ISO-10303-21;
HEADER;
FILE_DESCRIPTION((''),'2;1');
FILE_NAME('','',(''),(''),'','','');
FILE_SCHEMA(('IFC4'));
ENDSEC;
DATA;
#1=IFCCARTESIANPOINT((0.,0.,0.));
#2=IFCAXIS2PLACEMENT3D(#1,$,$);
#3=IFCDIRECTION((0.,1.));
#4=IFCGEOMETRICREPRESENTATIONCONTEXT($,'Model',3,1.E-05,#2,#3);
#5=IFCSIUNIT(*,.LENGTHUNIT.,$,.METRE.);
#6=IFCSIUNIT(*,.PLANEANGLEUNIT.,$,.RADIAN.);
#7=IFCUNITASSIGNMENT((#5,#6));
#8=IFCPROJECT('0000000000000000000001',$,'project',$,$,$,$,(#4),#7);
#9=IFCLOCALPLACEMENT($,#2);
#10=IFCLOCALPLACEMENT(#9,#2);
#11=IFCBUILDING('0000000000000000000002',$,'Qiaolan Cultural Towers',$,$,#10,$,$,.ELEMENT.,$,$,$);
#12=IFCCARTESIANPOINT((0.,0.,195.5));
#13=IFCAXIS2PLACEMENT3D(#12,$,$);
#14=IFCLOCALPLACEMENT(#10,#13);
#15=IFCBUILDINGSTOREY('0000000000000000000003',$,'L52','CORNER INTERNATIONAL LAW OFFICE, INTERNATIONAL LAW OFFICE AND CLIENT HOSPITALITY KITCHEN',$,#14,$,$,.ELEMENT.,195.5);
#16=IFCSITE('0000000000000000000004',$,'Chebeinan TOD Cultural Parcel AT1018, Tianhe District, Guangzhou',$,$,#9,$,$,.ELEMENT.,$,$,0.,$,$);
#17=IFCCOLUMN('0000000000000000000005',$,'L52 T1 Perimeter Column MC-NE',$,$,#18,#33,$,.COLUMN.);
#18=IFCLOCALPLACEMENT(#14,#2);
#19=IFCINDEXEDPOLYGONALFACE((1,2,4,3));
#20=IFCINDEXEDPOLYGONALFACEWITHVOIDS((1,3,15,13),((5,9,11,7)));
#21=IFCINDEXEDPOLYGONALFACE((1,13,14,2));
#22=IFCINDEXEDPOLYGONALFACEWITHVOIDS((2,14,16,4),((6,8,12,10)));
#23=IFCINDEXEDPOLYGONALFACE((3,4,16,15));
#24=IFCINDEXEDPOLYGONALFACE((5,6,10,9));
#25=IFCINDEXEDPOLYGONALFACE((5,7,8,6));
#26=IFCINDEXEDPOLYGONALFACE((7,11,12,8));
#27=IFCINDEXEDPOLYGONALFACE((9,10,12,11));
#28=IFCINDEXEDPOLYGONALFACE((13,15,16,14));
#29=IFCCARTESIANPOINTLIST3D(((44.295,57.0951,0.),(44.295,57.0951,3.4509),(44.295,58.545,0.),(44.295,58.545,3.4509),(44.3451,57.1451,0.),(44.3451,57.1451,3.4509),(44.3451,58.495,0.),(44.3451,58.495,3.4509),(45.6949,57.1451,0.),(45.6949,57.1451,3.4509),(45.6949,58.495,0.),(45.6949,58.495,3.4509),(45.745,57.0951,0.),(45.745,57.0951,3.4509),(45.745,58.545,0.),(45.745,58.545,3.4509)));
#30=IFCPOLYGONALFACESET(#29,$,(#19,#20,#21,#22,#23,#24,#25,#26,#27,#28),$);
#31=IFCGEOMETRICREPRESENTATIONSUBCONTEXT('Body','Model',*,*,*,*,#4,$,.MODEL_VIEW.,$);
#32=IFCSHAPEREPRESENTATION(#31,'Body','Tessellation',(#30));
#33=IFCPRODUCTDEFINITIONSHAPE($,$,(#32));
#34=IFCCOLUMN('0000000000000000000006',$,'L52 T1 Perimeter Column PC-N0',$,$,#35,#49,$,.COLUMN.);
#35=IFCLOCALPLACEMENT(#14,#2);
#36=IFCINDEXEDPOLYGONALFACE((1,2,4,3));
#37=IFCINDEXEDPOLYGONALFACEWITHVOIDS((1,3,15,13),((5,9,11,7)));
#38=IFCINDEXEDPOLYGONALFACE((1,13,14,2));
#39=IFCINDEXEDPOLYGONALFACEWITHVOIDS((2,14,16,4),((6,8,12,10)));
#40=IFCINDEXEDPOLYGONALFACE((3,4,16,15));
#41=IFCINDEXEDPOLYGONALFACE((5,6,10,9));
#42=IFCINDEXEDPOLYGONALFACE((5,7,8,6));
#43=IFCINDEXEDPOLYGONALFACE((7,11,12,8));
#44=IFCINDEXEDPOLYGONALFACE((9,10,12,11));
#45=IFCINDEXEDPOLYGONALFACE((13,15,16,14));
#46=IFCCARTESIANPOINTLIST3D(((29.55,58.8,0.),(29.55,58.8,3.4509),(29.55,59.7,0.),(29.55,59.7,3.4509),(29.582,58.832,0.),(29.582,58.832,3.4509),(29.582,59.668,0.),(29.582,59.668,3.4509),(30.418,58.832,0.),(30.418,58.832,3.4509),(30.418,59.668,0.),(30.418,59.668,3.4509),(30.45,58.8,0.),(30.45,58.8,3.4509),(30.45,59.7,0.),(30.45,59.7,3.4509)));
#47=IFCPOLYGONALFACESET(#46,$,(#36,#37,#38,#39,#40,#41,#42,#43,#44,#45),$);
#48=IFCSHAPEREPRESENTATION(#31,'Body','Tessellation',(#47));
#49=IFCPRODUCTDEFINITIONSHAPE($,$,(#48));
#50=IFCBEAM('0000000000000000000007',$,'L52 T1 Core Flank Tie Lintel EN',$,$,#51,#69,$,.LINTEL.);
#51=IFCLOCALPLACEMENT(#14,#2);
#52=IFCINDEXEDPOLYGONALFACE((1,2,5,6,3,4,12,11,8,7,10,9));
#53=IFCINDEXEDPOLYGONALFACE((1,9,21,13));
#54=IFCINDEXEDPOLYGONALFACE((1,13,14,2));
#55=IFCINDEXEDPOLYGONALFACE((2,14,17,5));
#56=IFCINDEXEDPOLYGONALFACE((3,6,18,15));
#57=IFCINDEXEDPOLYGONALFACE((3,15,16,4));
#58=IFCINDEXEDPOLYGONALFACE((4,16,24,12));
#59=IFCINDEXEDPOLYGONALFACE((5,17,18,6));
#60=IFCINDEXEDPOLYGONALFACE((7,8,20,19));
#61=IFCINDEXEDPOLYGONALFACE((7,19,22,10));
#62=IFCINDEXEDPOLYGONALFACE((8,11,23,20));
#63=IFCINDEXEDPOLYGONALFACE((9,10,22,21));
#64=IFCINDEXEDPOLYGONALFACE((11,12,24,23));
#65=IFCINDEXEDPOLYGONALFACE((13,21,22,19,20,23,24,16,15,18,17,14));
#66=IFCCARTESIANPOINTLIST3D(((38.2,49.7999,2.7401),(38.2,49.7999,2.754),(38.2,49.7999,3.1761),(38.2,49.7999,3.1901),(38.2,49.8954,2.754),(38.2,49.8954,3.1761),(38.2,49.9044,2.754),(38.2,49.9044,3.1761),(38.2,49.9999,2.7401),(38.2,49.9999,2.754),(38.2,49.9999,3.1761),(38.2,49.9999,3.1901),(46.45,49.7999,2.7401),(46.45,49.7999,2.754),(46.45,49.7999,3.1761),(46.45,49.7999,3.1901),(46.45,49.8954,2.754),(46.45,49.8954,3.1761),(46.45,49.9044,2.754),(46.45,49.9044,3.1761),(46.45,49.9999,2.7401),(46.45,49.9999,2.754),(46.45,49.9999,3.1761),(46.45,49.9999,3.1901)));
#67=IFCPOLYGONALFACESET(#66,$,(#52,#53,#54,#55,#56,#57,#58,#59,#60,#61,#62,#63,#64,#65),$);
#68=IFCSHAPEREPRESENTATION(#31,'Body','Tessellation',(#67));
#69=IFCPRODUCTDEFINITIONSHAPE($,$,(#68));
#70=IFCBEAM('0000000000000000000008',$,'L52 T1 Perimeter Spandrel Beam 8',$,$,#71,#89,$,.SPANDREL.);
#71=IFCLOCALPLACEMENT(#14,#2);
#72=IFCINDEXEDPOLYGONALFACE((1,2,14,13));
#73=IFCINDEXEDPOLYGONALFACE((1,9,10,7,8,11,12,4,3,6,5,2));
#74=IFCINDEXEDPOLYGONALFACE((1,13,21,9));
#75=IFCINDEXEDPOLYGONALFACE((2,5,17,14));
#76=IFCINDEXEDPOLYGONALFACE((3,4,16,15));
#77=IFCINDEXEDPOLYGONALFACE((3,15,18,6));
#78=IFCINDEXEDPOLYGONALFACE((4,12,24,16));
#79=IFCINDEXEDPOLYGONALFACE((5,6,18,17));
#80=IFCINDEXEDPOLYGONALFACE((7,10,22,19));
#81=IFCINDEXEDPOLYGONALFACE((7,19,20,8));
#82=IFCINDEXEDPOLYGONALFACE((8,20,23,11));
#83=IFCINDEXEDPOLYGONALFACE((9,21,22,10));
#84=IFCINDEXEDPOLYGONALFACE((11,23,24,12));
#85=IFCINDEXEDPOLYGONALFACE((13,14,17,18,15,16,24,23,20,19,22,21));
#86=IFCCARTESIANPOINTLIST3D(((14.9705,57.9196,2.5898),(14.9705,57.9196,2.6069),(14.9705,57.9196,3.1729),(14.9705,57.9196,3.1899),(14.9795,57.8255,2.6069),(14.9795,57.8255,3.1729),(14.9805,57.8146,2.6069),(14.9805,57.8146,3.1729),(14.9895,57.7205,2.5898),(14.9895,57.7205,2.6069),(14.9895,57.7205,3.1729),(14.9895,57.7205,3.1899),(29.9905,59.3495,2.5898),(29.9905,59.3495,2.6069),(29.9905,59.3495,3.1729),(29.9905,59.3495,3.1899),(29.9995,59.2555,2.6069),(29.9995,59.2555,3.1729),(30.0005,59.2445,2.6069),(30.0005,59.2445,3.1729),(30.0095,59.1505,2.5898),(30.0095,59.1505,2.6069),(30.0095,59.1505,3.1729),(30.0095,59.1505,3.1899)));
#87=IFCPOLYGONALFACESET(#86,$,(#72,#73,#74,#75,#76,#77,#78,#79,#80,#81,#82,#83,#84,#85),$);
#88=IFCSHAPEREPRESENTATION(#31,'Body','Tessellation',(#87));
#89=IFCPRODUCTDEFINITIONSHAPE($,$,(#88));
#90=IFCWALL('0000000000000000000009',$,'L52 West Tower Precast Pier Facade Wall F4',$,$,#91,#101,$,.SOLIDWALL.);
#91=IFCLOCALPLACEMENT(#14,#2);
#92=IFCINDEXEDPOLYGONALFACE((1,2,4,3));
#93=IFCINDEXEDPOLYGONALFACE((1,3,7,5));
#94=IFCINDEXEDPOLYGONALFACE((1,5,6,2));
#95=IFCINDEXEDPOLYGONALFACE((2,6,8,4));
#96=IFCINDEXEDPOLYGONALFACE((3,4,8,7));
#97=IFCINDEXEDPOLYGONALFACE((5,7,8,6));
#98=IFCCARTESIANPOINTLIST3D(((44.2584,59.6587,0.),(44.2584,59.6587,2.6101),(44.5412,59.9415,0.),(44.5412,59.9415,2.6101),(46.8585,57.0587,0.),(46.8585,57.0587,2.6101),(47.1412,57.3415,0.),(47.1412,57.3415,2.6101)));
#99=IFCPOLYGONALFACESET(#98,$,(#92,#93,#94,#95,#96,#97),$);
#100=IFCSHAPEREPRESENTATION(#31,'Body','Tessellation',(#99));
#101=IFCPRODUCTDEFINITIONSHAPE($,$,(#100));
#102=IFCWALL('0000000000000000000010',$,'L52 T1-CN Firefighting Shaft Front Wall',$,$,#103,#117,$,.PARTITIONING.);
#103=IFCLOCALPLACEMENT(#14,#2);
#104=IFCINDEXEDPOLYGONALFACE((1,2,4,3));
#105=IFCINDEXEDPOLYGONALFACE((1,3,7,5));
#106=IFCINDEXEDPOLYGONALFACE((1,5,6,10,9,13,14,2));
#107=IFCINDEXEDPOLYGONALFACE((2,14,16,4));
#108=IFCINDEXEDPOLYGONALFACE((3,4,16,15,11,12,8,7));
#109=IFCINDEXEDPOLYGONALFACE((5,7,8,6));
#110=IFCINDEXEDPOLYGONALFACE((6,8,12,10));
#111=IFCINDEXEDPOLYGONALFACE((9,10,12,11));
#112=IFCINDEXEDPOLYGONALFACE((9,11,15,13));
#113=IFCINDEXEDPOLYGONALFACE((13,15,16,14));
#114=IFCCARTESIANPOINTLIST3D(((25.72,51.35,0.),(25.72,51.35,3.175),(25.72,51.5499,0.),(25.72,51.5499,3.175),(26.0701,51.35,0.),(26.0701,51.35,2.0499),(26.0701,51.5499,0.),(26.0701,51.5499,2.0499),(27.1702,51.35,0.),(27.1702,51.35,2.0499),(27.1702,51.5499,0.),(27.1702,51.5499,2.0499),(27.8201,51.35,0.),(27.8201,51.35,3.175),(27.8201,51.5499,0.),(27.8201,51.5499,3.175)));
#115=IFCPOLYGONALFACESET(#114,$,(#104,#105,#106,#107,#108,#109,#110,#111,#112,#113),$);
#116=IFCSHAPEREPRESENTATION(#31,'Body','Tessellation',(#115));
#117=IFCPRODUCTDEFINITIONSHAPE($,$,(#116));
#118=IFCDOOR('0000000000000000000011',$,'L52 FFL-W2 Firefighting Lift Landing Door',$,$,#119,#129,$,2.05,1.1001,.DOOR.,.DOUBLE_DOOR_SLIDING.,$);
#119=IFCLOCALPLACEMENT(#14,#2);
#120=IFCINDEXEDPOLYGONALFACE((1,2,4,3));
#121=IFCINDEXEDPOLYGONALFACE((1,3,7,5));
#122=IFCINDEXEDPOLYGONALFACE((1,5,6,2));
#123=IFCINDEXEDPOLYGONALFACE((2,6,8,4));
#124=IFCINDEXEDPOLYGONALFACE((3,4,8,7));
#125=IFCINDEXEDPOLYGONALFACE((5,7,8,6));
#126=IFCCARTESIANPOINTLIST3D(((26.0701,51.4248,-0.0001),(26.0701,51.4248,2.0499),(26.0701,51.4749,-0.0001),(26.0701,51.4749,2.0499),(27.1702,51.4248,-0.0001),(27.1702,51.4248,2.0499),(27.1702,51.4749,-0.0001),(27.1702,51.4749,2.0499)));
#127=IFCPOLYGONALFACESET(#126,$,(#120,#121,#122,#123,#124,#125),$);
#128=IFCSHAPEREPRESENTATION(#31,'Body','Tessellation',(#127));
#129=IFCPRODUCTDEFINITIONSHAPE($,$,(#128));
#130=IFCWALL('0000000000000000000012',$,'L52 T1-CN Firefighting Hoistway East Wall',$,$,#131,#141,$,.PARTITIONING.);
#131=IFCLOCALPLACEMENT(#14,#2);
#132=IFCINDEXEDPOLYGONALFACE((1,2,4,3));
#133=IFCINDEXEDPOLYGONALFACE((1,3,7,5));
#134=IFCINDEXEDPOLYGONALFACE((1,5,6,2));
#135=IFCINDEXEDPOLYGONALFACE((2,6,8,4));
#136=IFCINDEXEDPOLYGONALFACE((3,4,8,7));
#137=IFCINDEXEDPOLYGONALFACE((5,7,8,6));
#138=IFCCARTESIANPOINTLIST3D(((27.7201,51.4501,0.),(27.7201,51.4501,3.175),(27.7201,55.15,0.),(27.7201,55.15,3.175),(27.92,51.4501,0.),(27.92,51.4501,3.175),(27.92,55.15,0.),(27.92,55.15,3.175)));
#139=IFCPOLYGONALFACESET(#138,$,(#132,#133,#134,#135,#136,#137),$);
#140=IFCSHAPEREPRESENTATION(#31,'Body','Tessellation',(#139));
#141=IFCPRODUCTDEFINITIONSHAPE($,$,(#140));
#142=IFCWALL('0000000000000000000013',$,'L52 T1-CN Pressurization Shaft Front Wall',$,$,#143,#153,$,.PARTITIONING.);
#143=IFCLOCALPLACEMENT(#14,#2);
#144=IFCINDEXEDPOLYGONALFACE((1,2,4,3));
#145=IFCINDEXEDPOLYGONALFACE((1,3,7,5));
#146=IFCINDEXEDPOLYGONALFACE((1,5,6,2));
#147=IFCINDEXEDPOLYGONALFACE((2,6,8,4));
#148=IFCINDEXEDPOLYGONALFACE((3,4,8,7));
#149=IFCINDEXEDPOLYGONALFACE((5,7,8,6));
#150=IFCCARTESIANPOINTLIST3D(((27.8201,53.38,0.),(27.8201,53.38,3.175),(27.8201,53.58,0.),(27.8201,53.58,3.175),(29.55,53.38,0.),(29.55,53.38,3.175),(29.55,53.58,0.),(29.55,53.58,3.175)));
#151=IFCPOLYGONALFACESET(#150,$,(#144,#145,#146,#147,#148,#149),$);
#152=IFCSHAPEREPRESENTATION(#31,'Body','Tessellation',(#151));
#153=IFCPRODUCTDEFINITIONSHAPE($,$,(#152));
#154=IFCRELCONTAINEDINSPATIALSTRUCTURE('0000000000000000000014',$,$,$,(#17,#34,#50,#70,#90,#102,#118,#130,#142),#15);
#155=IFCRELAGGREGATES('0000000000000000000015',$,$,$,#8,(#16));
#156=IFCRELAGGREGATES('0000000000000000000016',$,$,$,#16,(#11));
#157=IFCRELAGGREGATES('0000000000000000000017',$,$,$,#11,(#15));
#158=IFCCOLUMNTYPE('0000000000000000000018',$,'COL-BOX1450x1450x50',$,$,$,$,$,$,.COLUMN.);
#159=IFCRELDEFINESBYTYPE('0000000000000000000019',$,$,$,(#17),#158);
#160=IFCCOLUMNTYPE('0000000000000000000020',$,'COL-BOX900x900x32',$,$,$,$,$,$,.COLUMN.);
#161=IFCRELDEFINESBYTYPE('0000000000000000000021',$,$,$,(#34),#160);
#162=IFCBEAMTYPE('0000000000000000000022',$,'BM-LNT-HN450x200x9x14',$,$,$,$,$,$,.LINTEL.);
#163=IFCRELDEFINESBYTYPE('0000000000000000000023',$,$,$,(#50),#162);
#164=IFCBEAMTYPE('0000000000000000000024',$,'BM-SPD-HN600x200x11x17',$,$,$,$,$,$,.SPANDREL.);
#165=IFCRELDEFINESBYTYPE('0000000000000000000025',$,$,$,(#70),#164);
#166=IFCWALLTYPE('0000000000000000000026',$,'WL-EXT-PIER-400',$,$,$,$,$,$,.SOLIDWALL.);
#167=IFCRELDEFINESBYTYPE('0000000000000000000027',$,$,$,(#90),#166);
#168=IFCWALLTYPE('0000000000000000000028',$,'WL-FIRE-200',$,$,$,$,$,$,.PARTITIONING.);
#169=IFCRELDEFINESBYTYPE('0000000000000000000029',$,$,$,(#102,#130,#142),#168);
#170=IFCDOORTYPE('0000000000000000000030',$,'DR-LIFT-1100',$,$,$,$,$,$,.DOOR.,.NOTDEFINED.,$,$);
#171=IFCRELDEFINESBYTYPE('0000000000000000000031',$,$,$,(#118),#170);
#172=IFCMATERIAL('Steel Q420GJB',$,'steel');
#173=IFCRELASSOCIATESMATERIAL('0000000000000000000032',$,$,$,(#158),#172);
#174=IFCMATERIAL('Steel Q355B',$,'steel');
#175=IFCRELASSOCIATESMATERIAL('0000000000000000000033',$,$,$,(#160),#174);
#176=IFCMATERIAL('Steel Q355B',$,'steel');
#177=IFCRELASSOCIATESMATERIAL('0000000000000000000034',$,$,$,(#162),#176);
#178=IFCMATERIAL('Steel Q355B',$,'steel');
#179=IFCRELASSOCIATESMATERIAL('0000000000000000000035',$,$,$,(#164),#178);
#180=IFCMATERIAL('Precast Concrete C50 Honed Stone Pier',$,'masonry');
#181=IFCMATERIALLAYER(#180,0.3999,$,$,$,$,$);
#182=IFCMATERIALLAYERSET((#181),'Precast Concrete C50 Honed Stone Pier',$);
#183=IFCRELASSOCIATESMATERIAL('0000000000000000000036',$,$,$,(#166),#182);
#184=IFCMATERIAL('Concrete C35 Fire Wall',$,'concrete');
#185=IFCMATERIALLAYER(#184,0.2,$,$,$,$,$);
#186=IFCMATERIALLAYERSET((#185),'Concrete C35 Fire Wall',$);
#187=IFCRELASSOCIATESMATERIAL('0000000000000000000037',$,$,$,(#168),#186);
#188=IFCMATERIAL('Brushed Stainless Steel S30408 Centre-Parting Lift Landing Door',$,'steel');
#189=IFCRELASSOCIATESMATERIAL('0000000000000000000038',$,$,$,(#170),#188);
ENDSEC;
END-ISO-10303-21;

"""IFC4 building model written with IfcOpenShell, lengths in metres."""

from ifc_helpers import new_model, si_unit, direction, frame, frame_2d, origin, origin_2d, place, context, subcontext, project, spatial, rectangle, hollow_rectangle, i_section, extrude, material, layer, layer_set, material_profile, profile_set, type_object, element, fill, save


model = new_model("IFC4")

# Units and contexts
model_context = context("Model", 3, precision=1e-05, world=origin(), true_north=direction((0.0, 1.0)))
body_context = subcontext(model_context, "Body", "Model", "MODEL_VIEW")
ifc_project = project(units=[si_unit("LENGTHUNIT", "METRE"), si_unit("PLANEANGLEUNIT", "RADIAN")], contexts=[model_context])

# Site, building, storey
site_placement = place(None, origin())
site = spatial("IfcSite", under=ifc_project, at=site_placement, Name="Chebeinan TOD Cultural Parcel AT1018, Tianhe District, Guangzhou", CompositionType="ELEMENT", RefElevation=0.0)
building_placement = place(site_placement, origin())
building = spatial("IfcBuilding", under=site, at=building_placement, Name="Qiaolan Cultural Towers", CompositionType="ELEMENT")
storey_placement = place(building_placement, frame((0.0, 0.0, 195.5)))
storey = spatial("IfcBuildingStorey", under=building, at=storey_placement, Name="L52", Description="CORNER INTERNATIONAL LAW OFFICE, INTERNATIONAL LAW OFFICE AND CLIENT HOSPITALITY KITCHEN", CompositionType="ELEMENT", Elevation=195.5)

# Columns
ifc_material_1 = material(Name="Steel Q420GJB", Category="steel")
ifc_material_profile_1 = material_profile(ifc_material_1, hollow_rectangle(XDim=1.45, YDim=1.45, WallThickness=0.05, at=origin_2d()), Name="BOX1450x1450x50")
ifc_profile_set_1 = profile_set([ifc_material_profile_1], Name="Steel Q420GJB")
column_type_1 = type_object("IfcColumnType", Name="COL-BOX1450x1450x50", PredefinedType="COLUMN", material=ifc_profile_set_1)
column_1_placement = place(storey_placement, frame((45.02, 57.8201, 0.0), z_axis=(0.0, 0.0, 1.0), x_axis=(1.0, 0.0, 0.0)))
element("IfcColumn", 1, at=column_1_placement, inside=storey, type_object=column_type_1, Name="L52 T1 Perimeter Column MC-NE", PredefinedType="COLUMN", context=body_context, shape_type="SweptSolid", body=[
    extrude(hollow_rectangle(XDim=1.45, YDim=1.45, WallThickness=0.05, at=origin_2d()), origin(), (0.0, 0.0, 1.0), 3.4509),
])
ifc_material_2 = material(Name="Steel Q355B", Category="steel")
ifc_material_profile_2 = material_profile(ifc_material_2, hollow_rectangle(XDim=0.8999, YDim=0.8999, WallThickness=0.032, at=origin_2d()), Name="BOX900x900x32")
ifc_profile_set_2 = profile_set([ifc_material_profile_2], Name="Steel Q355B")
column_type_2 = type_object("IfcColumnType", Name="COL-BOX900x900x32", PredefinedType="COLUMN", material=ifc_profile_set_2)
column_2_placement = place(storey_placement, frame((30.0, 59.25, 0.0), z_axis=(0.0, 0.0, 1.0), x_axis=(1.0, 0.0, 0.0)))
element("IfcColumn", 2, at=column_2_placement, inside=storey, type_object=column_type_2, Name="L52 T1 Perimeter Column PC-N0", PredefinedType="COLUMN", context=body_context, shape_type="SweptSolid", body=[
    extrude(hollow_rectangle(XDim=0.8999, YDim=0.8999, WallThickness=0.032, at=origin_2d()), origin(), (0.0, 0.0, 1.0), 3.4509),
])

# Beams
ifc_material_3 = material(Name="Steel Q355B", Category="steel")
ifc_material_profile_3 = material_profile(ifc_material_3, i_section(OverallWidth=0.2, OverallDepth=0.45, WebThickness=0.009, FlangeThickness=0.0139, at=origin_2d()), Name="HN450x200x9x14")
ifc_profile_set_3 = profile_set([ifc_material_profile_3], Name="Steel Q355B")
beam_type_1 = type_object("IfcBeamType", Name="BM-LNT-HN450x200x9x14", PredefinedType="LINTEL", material=ifc_profile_set_3)
beam_1_placement = place(storey_placement, frame((38.2, 49.8999, 2.9651), z_axis=(1.0, 0.0, 0.0), x_axis=(0.0, 1.0, 0.0)))
element("IfcBeam", 3, at=beam_1_placement, inside=storey, type_object=beam_type_1, Name="L52 T1 Core Flank Tie Lintel EN", PredefinedType="LINTEL", context=body_context, shape_type="SweptSolid", body=[
    extrude(i_section(OverallWidth=0.2, OverallDepth=0.45, WebThickness=0.009, FlangeThickness=0.0139, at=origin_2d()), origin(), (0.0, 0.0, 1.0), 8.25),
])
ifc_material_4 = material(Name="Steel Q355B", Category="steel")
ifc_material_profile_4 = material_profile(ifc_material_4, i_section(OverallWidth=0.2, OverallDepth=0.6001, WebThickness=0.011, FlangeThickness=0.0171, at=origin_2d()), Name="HN600x200x11x17")
ifc_profile_set_4 = profile_set([ifc_material_profile_4], Name="Steel Q355B")
beam_type_2 = type_object("IfcBeamType", Name="BM-SPD-HN600x200x11x17", PredefinedType="SPANDREL", material=ifc_profile_set_4)
beam_2_placement = place(storey_placement, frame((30.0, 59.25, 2.8899), z_axis=(-0.995499, -0.094773, 0.0), x_axis=(0.094773, -0.995499, 0.0)))
element("IfcBeam", 4, at=beam_2_placement, inside=storey, type_object=beam_type_2, Name="L52 T1 Perimeter Spandrel Beam 8", PredefinedType="SPANDREL", context=body_context, shape_type="SweptSolid", body=[
    extrude(i_section(OverallWidth=0.2, OverallDepth=0.6001, WebThickness=0.011, FlangeThickness=0.0171, at=origin_2d()), origin(), (0.0, 0.0, 1.0), 15.0879),
])

# Wall
ifc_material_5 = material(Name="Precast Concrete C50 Honed Stone Pier", Category="masonry")
ifc_layer_1 = layer(ifc_material_5, 0.3999)
ifc_layer_set_1 = layer_set([ifc_layer_1], Name="Precast Concrete C50 Honed Stone Pier")
wall_type_1 = type_object("IfcWallType", Name="WL-EXT-PIER-400", PredefinedType="SOLIDWALL", material=ifc_layer_set_1)
wall_1_placement = place(storey_placement, frame((44.3999, 59.8, 0.0), z_axis=(0.0, 0.0, 1.0), x_axis=(0.707107, -0.707107, 0.0)))
element("IfcWall", 5, at=wall_1_placement, inside=storey, type_object=wall_type_1, Name="L52 West Tower Precast Pier Facade Wall F4", PredefinedType="SOLIDWALL", context=body_context, shape_type="SweptSolid", body=[
    extrude(rectangle(XDim=3.677, YDim=0.3999, at=frame_2d((1.8384, 0.0))), origin(), (0.0, 0.0, 1.0), 2.6101),
])

# Wall, opening, door
ifc_material_6 = material(Name="Concrete C35 Fire Wall", Category="concrete")
ifc_layer_2 = layer(ifc_material_6, 0.2)
ifc_layer_set_2 = layer_set([ifc_layer_2], Name="Concrete C35 Fire Wall")
wall_type_2 = type_object("IfcWallType", Name="WL-FIRE-200", PredefinedType="PARTITIONING", material=ifc_layer_set_2)
wall_2_placement = place(storey_placement, frame((25.72, 51.45, 0.0), z_axis=(0.0, 0.0, 1.0), x_axis=(1.0, 0.0, 0.0)))
wall_2 = element("IfcWall", 6, at=wall_2_placement, inside=storey, type_object=wall_type_2, Name="L52 T1-CN Firefighting Shaft Front Wall", PredefinedType="PARTITIONING", context=body_context, shape_type="SweptSolid", body=[
    extrude(rectangle(XDim=2.1001, YDim=0.2, at=frame_2d((1.05, 0.0))), origin(), (0.0, 0.0, 1.0), 3.175),
])
opening_1_placement = place(wall_2_placement, frame((0.3501, 0.0, 0.0)))
opening_1 = element("IfcOpeningElement", 7, at=opening_1_placement, cuts=wall_2, PredefinedType="OPENING", context=body_context, shape_type="SweptSolid", body=[
    extrude(rectangle(XDim=1.1001, YDim=2.05, at=frame_2d((0.55, 1.0249))), frame((0.0, 0.1099, 0.0), z_axis=(0.0, -1.0, 0.0), x_axis=(1.0, 0.0, 0.0)), (0.0, 0.0, 1.0), 0.22),
])
ifc_material_7 = material(Name="Brushed Stainless Steel S30408 Centre-Parting Lift Landing Door", Category="steel")
door_type = type_object("IfcDoorType", Name="DR-LIFT-1100", OperationType="NOTDEFINED", PredefinedType="DOOR", material=ifc_material_7)
door_1_placement = place(opening_1_placement, origin())
door_1 = element("IfcDoor", 8, at=door_1_placement, inside=storey, type_object=door_type, Name="L52 FFL-W2 Firefighting Lift Landing Door", OperationType="DOUBLE_DOOR_SLIDING", OverallHeight=2.05, OverallWidth=1.1001, PredefinedType="DOOR", context=body_context, shape_type="SweptSolid", body=[
    extrude(rectangle(XDim=1.1001, YDim=2.05, at=frame_2d((0.55, 1.0249))), frame((0.0, 0.0249, 0.0), z_axis=(0.0, -1.0, 0.0), x_axis=(1.0, 0.0, 0.0)), (0.0, 0.0, 1.0), 0.05),
])
fill(opening_1, door_1)

# Walls
wall_3_placement = place(storey_placement, frame((27.8201, 51.45, 0.0), z_axis=(0.0, 0.0, 1.0), x_axis=(0.0, 1.0, 0.0)))
element("IfcWall", 9, at=wall_3_placement, inside=storey, type_object=wall_type_2, Name="L52 T1-CN Firefighting Hoistway East Wall", PredefinedType="PARTITIONING", context=body_context, shape_type="SweptSolid", body=[
    extrude(rectangle(XDim=3.7, YDim=0.2, at=frame_2d((1.8501, 0.0))), origin(), (0.0, 0.0, 1.0), 3.175),
])
wall_4_placement = place(storey_placement, frame((27.8201, 53.48, 0.0), z_axis=(0.0, 0.0, 1.0), x_axis=(1.0, 0.0, 0.0)))
element("IfcWall", 10, at=wall_4_placement, inside=storey, type_object=wall_type_2, Name="L52 T1-CN Pressurization Shaft Front Wall", PredefinedType="PARTITIONING", context=body_context, shape_type="SweptSolid", body=[
    extrude(rectangle(XDim=1.73, YDim=0.2, at=frame_2d((0.865, 0.0))), origin(), (0.0, 0.0, 1.0), 3.175),
])

save(model, "model.ifc")
